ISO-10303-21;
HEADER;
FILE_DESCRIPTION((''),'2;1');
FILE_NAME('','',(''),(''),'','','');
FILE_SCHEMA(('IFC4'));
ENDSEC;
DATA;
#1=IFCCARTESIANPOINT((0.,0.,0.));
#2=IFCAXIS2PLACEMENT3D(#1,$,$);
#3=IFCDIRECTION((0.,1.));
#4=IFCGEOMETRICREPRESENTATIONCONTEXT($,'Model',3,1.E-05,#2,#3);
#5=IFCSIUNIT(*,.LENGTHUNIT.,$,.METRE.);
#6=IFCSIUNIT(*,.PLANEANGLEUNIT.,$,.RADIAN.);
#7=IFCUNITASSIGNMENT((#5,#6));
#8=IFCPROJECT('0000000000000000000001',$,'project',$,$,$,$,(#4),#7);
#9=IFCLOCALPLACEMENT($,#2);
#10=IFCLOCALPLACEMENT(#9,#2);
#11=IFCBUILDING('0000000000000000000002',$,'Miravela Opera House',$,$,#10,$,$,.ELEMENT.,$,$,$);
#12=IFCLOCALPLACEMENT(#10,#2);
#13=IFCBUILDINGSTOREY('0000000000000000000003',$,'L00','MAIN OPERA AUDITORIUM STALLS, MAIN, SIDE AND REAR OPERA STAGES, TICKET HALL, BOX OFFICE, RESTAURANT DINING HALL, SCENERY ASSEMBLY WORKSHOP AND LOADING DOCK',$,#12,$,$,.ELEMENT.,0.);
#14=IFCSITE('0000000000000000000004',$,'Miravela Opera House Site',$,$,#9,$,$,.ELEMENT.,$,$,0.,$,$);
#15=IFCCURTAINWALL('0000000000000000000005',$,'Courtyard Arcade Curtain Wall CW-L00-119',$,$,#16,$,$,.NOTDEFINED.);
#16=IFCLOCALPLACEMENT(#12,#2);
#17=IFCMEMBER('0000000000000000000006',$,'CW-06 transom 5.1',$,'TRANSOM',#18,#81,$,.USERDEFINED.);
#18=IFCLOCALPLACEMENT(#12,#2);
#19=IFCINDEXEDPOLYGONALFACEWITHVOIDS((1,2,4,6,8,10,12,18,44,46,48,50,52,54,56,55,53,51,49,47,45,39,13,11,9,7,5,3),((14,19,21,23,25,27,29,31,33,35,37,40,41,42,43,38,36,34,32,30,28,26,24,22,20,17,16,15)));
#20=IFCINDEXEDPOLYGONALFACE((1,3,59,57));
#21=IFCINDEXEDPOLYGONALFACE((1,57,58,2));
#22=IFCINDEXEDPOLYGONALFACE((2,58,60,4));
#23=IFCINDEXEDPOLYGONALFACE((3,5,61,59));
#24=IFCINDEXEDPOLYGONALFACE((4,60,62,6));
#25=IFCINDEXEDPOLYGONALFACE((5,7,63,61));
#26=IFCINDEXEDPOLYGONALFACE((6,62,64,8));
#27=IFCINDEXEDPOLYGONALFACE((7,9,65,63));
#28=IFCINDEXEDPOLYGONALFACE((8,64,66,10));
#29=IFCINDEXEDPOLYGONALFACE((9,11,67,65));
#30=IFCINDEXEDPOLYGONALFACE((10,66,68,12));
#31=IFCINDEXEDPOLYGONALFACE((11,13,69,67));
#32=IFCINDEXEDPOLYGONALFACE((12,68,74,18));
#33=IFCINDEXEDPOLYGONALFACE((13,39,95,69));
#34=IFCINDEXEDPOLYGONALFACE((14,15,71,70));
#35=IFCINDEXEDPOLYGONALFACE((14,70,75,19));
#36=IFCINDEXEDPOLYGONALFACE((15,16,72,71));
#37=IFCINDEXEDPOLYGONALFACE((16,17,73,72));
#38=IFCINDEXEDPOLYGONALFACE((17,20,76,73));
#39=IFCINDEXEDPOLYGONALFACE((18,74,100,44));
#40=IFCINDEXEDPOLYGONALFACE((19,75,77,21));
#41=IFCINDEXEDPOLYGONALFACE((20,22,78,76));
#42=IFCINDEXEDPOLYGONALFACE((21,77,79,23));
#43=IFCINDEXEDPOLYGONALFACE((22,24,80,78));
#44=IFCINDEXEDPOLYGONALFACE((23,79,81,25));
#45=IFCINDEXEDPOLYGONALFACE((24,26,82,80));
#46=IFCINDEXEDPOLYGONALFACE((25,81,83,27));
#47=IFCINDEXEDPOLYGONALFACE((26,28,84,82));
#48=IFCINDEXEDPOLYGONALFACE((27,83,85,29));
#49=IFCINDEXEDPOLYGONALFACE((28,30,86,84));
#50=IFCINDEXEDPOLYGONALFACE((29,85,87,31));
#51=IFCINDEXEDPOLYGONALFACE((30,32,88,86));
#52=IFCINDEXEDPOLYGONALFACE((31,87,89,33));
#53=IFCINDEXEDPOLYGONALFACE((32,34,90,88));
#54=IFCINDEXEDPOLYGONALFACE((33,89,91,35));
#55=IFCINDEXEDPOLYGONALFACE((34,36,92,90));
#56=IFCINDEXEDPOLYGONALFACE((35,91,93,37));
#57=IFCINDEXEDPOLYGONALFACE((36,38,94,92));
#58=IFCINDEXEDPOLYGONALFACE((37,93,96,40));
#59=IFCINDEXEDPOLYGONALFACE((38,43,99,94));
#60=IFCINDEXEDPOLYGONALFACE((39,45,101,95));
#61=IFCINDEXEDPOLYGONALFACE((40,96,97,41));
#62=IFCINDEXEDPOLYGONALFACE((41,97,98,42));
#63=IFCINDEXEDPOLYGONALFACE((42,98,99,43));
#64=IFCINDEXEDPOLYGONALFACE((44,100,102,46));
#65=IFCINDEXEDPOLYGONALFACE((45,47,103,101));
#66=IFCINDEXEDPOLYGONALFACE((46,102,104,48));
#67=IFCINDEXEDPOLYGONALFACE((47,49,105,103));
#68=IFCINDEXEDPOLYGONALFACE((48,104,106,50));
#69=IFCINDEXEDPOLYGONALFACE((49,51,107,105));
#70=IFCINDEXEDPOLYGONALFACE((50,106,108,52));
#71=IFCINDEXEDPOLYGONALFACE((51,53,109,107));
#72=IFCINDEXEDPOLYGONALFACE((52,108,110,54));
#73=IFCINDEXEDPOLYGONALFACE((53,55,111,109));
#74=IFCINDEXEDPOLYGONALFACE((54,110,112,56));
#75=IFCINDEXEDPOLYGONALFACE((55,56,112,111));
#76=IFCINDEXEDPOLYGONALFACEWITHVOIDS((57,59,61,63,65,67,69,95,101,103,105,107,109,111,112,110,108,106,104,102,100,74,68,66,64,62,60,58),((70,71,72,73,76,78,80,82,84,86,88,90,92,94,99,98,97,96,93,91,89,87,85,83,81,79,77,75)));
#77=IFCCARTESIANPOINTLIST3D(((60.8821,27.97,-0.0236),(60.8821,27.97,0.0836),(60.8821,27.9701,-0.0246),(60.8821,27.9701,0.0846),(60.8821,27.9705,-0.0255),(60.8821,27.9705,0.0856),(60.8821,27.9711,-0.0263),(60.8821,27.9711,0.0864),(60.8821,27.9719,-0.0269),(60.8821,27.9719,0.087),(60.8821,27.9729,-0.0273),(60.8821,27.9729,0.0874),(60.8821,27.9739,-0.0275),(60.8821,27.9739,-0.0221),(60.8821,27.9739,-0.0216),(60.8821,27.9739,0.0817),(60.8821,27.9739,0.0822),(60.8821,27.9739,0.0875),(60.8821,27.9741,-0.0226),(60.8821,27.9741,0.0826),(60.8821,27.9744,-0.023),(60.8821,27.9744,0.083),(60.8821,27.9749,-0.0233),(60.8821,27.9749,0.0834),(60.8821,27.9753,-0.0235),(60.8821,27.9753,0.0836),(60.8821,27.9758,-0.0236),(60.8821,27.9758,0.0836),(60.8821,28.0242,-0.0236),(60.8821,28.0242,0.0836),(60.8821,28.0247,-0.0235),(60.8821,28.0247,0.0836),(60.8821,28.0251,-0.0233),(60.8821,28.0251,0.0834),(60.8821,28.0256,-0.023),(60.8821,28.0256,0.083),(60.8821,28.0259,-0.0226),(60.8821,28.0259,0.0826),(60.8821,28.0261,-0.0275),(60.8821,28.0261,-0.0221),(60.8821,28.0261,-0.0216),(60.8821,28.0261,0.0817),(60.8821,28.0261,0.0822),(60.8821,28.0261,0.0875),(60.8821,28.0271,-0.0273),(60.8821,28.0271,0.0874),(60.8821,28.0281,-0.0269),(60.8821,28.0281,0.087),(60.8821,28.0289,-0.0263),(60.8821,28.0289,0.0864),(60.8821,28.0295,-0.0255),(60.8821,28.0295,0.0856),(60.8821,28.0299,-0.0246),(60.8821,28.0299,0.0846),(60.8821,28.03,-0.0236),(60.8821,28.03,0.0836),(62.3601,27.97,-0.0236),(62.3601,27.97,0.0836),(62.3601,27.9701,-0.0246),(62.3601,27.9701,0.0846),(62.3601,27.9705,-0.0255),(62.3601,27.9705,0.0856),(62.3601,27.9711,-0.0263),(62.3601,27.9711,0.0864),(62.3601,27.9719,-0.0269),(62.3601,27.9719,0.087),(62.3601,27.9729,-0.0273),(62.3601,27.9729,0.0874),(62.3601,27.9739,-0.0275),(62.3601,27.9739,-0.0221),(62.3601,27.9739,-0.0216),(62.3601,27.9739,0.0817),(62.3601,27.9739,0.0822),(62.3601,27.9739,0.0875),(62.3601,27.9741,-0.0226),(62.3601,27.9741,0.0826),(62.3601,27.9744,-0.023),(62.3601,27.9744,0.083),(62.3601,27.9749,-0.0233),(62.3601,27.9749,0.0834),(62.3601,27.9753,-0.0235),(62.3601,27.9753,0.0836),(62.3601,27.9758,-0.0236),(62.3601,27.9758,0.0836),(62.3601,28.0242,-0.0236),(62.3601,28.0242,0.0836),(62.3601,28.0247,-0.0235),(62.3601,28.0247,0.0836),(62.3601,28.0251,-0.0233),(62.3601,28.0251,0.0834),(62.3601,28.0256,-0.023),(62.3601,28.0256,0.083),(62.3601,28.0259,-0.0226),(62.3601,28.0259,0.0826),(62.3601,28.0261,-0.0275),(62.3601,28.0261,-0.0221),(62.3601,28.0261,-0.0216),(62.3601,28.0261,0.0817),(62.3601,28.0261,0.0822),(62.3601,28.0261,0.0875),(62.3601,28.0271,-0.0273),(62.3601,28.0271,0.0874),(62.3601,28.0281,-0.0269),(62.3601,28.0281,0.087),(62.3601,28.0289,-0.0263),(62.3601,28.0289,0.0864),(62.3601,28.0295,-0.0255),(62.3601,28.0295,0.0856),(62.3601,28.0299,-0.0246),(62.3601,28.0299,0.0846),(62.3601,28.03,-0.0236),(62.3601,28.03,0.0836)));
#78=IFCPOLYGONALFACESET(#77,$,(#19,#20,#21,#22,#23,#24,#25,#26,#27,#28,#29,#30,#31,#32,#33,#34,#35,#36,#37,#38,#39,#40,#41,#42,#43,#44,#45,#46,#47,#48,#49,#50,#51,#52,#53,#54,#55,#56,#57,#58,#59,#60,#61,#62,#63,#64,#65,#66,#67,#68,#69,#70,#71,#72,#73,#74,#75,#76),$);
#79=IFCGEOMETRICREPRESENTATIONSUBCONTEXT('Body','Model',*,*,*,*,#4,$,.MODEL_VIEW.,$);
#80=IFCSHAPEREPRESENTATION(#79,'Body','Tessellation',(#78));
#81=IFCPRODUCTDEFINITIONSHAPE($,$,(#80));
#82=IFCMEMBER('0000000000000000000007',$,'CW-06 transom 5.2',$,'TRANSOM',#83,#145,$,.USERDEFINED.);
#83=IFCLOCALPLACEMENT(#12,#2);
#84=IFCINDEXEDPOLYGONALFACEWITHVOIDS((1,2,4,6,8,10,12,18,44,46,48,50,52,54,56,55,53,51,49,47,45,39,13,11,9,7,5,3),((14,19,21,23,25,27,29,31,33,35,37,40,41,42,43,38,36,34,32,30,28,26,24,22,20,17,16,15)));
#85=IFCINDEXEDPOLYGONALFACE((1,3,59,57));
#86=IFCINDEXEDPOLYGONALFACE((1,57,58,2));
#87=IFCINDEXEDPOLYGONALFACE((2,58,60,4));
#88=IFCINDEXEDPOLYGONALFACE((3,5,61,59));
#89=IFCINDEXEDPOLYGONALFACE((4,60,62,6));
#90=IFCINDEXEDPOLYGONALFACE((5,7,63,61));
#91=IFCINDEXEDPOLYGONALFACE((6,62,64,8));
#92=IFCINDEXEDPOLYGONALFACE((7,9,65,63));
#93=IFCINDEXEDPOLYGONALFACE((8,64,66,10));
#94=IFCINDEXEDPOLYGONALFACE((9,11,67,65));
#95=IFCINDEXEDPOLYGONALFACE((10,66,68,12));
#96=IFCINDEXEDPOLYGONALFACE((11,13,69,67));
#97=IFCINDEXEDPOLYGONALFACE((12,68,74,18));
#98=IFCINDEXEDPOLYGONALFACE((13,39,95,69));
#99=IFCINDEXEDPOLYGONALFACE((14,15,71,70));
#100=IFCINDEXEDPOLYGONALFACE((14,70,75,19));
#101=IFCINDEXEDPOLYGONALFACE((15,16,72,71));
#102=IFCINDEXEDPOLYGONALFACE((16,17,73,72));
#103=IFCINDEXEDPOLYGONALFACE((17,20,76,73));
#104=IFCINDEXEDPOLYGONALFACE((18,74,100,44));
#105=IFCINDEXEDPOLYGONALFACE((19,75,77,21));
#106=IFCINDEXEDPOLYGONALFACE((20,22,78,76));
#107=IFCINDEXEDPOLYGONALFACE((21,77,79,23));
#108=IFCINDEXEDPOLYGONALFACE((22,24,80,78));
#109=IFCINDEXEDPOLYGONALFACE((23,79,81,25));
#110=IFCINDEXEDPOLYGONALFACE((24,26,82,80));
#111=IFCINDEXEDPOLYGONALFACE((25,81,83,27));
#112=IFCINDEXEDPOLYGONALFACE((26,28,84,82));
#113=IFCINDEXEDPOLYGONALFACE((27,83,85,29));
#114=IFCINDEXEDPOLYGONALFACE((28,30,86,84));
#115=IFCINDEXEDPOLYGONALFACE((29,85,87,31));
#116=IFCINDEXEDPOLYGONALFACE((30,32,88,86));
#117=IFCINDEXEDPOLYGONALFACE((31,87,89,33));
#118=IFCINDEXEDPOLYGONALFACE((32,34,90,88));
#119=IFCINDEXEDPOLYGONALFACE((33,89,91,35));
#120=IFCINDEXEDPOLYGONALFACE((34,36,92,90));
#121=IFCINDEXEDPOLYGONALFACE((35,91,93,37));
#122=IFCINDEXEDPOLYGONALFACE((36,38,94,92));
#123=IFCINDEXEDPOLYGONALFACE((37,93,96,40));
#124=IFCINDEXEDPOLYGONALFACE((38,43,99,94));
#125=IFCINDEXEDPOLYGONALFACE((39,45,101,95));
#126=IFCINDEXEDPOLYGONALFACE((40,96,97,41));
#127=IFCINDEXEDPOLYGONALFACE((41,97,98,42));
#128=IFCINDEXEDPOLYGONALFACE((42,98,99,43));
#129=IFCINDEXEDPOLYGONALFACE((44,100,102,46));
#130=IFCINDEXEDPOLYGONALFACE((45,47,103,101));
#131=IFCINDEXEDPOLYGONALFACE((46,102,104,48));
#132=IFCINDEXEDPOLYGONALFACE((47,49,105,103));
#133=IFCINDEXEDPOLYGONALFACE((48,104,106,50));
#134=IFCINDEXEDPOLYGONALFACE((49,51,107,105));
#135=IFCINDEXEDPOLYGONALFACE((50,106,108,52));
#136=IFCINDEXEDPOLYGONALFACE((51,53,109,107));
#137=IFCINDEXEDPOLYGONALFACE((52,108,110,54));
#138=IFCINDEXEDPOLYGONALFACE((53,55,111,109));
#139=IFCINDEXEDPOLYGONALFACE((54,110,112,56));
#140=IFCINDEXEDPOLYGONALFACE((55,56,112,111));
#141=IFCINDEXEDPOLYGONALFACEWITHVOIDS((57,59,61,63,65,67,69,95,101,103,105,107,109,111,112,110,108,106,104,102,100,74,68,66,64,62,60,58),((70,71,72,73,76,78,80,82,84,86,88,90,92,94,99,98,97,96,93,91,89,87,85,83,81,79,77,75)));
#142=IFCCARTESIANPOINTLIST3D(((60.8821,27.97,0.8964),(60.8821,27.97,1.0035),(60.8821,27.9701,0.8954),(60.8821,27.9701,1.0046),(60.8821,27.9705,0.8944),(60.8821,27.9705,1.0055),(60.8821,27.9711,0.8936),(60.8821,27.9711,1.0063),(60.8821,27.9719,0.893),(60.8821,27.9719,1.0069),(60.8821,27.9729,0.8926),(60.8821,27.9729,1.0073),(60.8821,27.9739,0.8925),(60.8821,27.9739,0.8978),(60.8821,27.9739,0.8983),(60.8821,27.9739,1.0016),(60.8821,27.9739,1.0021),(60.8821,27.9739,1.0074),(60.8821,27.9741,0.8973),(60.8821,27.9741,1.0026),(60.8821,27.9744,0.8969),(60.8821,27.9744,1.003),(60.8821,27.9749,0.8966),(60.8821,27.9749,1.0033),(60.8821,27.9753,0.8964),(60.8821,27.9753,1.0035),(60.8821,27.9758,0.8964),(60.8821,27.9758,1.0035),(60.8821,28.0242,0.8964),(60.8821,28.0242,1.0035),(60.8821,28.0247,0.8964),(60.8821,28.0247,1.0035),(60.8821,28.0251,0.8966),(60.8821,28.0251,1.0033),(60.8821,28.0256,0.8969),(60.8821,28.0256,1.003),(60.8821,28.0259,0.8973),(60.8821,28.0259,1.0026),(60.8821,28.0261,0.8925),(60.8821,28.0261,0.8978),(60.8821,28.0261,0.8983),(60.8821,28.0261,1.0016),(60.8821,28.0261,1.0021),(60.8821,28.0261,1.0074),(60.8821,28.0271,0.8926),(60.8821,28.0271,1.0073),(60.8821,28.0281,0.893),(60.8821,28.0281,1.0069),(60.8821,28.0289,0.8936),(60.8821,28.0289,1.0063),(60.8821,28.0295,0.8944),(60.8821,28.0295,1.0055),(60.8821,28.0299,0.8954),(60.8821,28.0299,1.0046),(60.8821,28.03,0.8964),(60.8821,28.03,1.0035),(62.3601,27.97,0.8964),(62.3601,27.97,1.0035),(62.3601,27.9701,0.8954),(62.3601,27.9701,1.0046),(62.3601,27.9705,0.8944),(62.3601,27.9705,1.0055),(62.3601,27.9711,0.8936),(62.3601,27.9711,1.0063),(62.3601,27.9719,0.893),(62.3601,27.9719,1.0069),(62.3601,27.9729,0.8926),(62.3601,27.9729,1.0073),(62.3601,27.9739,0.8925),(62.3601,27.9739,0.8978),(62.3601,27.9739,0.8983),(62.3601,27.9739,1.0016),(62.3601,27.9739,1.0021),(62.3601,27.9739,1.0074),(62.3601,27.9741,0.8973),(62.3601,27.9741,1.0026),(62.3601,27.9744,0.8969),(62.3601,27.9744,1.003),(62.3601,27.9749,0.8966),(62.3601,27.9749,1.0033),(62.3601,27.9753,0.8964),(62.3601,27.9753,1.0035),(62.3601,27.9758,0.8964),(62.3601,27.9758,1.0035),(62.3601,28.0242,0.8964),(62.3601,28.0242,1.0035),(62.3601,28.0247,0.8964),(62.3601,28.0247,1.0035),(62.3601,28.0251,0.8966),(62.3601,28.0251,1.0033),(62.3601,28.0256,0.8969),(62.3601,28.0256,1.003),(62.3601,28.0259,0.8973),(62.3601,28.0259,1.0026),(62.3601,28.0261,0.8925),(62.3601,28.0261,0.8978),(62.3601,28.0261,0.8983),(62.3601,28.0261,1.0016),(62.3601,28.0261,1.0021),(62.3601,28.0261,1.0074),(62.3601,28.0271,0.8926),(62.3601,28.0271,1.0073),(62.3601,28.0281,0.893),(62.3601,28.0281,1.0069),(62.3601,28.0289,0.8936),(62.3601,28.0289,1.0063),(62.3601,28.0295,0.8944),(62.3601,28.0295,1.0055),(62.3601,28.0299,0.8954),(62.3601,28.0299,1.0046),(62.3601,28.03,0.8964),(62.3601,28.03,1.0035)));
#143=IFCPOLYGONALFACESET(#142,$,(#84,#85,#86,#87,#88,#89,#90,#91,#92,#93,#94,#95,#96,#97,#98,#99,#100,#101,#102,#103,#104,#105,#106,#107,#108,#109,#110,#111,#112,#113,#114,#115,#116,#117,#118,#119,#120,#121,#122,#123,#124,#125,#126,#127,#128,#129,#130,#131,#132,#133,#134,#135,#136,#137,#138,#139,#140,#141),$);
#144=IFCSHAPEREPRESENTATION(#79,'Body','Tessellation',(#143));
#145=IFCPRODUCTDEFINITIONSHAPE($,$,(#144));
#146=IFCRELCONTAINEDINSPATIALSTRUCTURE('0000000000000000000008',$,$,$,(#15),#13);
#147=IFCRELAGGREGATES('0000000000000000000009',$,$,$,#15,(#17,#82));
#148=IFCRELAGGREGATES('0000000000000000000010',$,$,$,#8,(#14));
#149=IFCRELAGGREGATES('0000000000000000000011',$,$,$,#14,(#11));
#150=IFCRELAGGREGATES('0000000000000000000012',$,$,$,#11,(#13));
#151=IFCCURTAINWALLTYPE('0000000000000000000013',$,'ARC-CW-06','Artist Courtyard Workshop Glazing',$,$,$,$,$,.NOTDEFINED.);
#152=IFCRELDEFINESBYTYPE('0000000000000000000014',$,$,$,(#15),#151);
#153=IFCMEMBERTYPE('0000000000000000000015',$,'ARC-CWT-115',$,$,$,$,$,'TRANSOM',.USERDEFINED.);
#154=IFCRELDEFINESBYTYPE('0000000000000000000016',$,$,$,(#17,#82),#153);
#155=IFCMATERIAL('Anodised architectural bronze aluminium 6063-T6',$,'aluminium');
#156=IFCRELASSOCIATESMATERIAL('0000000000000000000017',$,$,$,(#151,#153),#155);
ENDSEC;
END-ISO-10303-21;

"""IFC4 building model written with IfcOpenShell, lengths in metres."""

from ifc_helpers import new_model, si_unit, direction, frame, origin, origin_2d, place, context, subcontext, project, spatial, hollow_rectangle, extrude, material, material_profile, profile_set, type_object, element, aggregate, save


model = new_model("IFC4")

# Units and contexts
model_context = context("Model", 3, precision=1e-05, world=origin(), true_north=direction((0.0, 1.0)))
body_context = subcontext(model_context, "Body", "Model", "MODEL_VIEW")
ifc_project = project(units=[si_unit("LENGTHUNIT", "METRE"), si_unit("PLANEANGLEUNIT", "RADIAN")], contexts=[model_context])

# Site, building, storey
site_placement = place(None, origin())
site = spatial("IfcSite", under=ifc_project, at=site_placement, Name="Miravela Opera House Site", CompositionType="ELEMENT", RefElevation=0.0)
building_placement = place(site_placement, origin())
building = spatial("IfcBuilding", under=site, at=building_placement, Name="Miravela Opera House", CompositionType="ELEMENT")
storey_placement = place(building_placement, origin())
storey = spatial("IfcBuildingStorey", under=building, at=storey_placement, Name="L00", Description="MAIN OPERA AUDITORIUM STALLS, MAIN, SIDE AND REAR OPERA STAGES, TICKET HALL, BOX OFFICE, RESTAURANT DINING HALL, SCENERY ASSEMBLY WORKSHOP AND LOADING DOCK", CompositionType="ELEMENT", Elevation=0.0)

# Curtain wall, members
ifc_material_1 = material(Name="Anodised architectural bronze aluminium 6063-T6", Category="aluminium")
curtain_wall_type = type_object("IfcCurtainWallType", Name="ARC-CW-06", Description="Artist Courtyard Workshop Glazing", PredefinedType="NOTDEFINED", material=ifc_material_1)
curtain_wall_placement = place(storey_placement, origin())
curtain_wall = element("IfcCurtainWall", 1, at=curtain_wall_placement, inside=storey, type_object=curtain_wall_type, Name="Courtyard Arcade Curtain Wall CW-L00-119", PredefinedType="NOTDEFINED")
ifc_material_profile_1 = material_profile(ifc_material_1, hollow_rectangle(XDim=0.0601, YDim=0.115, WallThickness=0.0039, InnerFilletRadius=0.002, OuterFilletRadius=0.0039, at=origin_2d()), Name="CWT-60X115")
ifc_profile_set_1 = profile_set([ifc_material_profile_1])
member_type_1 = type_object("IfcMemberType", Name="ARC-CWT-115", ElementType="TRANSOM", PredefinedType="USERDEFINED", material=ifc_profile_set_1)
member_1_placement = place(storey_placement, frame((60.8821, 28.0, 0.03), z_axis=(1.0, 0.0, 0.0), x_axis=(0.0, 1.0, 0.0)))
member_1 = element("IfcMember", 2, at=member_1_placement, type_object=member_type_1, Name="CW-06 transom 5.1", ObjectType="TRANSOM", PredefinedType="USERDEFINED", context=body_context, shape_type="SweptSolid", body=[
    extrude(hollow_rectangle(XDim=0.0601, YDim=0.115, WallThickness=0.0039, InnerFilletRadius=0.002, OuterFilletRadius=0.0039, at=origin_2d()), origin(), (0.0, 0.0, 1.0), 1.478),
])
member_2_placement = place(storey_placement, frame((60.8821, 28.0, 0.95), z_axis=(1.0, 0.0, 0.0), x_axis=(0.0, 1.0, 0.0)))
member_2 = element("IfcMember", 3, at=member_2_placement, type_object=member_type_1, Name="CW-06 transom 5.2", ObjectType="TRANSOM", PredefinedType="USERDEFINED", context=body_context, shape_type="SweptSolid", body=[
    extrude(hollow_rectangle(XDim=0.0601, YDim=0.115, WallThickness=0.0039, InnerFilletRadius=0.002, OuterFilletRadius=0.0039, at=origin_2d()), origin(), (0.0, 0.0, 1.0), 1.478),
])

aggregate(curtain_wall, [member_1, member_2])

save(model, "model.ifc")
